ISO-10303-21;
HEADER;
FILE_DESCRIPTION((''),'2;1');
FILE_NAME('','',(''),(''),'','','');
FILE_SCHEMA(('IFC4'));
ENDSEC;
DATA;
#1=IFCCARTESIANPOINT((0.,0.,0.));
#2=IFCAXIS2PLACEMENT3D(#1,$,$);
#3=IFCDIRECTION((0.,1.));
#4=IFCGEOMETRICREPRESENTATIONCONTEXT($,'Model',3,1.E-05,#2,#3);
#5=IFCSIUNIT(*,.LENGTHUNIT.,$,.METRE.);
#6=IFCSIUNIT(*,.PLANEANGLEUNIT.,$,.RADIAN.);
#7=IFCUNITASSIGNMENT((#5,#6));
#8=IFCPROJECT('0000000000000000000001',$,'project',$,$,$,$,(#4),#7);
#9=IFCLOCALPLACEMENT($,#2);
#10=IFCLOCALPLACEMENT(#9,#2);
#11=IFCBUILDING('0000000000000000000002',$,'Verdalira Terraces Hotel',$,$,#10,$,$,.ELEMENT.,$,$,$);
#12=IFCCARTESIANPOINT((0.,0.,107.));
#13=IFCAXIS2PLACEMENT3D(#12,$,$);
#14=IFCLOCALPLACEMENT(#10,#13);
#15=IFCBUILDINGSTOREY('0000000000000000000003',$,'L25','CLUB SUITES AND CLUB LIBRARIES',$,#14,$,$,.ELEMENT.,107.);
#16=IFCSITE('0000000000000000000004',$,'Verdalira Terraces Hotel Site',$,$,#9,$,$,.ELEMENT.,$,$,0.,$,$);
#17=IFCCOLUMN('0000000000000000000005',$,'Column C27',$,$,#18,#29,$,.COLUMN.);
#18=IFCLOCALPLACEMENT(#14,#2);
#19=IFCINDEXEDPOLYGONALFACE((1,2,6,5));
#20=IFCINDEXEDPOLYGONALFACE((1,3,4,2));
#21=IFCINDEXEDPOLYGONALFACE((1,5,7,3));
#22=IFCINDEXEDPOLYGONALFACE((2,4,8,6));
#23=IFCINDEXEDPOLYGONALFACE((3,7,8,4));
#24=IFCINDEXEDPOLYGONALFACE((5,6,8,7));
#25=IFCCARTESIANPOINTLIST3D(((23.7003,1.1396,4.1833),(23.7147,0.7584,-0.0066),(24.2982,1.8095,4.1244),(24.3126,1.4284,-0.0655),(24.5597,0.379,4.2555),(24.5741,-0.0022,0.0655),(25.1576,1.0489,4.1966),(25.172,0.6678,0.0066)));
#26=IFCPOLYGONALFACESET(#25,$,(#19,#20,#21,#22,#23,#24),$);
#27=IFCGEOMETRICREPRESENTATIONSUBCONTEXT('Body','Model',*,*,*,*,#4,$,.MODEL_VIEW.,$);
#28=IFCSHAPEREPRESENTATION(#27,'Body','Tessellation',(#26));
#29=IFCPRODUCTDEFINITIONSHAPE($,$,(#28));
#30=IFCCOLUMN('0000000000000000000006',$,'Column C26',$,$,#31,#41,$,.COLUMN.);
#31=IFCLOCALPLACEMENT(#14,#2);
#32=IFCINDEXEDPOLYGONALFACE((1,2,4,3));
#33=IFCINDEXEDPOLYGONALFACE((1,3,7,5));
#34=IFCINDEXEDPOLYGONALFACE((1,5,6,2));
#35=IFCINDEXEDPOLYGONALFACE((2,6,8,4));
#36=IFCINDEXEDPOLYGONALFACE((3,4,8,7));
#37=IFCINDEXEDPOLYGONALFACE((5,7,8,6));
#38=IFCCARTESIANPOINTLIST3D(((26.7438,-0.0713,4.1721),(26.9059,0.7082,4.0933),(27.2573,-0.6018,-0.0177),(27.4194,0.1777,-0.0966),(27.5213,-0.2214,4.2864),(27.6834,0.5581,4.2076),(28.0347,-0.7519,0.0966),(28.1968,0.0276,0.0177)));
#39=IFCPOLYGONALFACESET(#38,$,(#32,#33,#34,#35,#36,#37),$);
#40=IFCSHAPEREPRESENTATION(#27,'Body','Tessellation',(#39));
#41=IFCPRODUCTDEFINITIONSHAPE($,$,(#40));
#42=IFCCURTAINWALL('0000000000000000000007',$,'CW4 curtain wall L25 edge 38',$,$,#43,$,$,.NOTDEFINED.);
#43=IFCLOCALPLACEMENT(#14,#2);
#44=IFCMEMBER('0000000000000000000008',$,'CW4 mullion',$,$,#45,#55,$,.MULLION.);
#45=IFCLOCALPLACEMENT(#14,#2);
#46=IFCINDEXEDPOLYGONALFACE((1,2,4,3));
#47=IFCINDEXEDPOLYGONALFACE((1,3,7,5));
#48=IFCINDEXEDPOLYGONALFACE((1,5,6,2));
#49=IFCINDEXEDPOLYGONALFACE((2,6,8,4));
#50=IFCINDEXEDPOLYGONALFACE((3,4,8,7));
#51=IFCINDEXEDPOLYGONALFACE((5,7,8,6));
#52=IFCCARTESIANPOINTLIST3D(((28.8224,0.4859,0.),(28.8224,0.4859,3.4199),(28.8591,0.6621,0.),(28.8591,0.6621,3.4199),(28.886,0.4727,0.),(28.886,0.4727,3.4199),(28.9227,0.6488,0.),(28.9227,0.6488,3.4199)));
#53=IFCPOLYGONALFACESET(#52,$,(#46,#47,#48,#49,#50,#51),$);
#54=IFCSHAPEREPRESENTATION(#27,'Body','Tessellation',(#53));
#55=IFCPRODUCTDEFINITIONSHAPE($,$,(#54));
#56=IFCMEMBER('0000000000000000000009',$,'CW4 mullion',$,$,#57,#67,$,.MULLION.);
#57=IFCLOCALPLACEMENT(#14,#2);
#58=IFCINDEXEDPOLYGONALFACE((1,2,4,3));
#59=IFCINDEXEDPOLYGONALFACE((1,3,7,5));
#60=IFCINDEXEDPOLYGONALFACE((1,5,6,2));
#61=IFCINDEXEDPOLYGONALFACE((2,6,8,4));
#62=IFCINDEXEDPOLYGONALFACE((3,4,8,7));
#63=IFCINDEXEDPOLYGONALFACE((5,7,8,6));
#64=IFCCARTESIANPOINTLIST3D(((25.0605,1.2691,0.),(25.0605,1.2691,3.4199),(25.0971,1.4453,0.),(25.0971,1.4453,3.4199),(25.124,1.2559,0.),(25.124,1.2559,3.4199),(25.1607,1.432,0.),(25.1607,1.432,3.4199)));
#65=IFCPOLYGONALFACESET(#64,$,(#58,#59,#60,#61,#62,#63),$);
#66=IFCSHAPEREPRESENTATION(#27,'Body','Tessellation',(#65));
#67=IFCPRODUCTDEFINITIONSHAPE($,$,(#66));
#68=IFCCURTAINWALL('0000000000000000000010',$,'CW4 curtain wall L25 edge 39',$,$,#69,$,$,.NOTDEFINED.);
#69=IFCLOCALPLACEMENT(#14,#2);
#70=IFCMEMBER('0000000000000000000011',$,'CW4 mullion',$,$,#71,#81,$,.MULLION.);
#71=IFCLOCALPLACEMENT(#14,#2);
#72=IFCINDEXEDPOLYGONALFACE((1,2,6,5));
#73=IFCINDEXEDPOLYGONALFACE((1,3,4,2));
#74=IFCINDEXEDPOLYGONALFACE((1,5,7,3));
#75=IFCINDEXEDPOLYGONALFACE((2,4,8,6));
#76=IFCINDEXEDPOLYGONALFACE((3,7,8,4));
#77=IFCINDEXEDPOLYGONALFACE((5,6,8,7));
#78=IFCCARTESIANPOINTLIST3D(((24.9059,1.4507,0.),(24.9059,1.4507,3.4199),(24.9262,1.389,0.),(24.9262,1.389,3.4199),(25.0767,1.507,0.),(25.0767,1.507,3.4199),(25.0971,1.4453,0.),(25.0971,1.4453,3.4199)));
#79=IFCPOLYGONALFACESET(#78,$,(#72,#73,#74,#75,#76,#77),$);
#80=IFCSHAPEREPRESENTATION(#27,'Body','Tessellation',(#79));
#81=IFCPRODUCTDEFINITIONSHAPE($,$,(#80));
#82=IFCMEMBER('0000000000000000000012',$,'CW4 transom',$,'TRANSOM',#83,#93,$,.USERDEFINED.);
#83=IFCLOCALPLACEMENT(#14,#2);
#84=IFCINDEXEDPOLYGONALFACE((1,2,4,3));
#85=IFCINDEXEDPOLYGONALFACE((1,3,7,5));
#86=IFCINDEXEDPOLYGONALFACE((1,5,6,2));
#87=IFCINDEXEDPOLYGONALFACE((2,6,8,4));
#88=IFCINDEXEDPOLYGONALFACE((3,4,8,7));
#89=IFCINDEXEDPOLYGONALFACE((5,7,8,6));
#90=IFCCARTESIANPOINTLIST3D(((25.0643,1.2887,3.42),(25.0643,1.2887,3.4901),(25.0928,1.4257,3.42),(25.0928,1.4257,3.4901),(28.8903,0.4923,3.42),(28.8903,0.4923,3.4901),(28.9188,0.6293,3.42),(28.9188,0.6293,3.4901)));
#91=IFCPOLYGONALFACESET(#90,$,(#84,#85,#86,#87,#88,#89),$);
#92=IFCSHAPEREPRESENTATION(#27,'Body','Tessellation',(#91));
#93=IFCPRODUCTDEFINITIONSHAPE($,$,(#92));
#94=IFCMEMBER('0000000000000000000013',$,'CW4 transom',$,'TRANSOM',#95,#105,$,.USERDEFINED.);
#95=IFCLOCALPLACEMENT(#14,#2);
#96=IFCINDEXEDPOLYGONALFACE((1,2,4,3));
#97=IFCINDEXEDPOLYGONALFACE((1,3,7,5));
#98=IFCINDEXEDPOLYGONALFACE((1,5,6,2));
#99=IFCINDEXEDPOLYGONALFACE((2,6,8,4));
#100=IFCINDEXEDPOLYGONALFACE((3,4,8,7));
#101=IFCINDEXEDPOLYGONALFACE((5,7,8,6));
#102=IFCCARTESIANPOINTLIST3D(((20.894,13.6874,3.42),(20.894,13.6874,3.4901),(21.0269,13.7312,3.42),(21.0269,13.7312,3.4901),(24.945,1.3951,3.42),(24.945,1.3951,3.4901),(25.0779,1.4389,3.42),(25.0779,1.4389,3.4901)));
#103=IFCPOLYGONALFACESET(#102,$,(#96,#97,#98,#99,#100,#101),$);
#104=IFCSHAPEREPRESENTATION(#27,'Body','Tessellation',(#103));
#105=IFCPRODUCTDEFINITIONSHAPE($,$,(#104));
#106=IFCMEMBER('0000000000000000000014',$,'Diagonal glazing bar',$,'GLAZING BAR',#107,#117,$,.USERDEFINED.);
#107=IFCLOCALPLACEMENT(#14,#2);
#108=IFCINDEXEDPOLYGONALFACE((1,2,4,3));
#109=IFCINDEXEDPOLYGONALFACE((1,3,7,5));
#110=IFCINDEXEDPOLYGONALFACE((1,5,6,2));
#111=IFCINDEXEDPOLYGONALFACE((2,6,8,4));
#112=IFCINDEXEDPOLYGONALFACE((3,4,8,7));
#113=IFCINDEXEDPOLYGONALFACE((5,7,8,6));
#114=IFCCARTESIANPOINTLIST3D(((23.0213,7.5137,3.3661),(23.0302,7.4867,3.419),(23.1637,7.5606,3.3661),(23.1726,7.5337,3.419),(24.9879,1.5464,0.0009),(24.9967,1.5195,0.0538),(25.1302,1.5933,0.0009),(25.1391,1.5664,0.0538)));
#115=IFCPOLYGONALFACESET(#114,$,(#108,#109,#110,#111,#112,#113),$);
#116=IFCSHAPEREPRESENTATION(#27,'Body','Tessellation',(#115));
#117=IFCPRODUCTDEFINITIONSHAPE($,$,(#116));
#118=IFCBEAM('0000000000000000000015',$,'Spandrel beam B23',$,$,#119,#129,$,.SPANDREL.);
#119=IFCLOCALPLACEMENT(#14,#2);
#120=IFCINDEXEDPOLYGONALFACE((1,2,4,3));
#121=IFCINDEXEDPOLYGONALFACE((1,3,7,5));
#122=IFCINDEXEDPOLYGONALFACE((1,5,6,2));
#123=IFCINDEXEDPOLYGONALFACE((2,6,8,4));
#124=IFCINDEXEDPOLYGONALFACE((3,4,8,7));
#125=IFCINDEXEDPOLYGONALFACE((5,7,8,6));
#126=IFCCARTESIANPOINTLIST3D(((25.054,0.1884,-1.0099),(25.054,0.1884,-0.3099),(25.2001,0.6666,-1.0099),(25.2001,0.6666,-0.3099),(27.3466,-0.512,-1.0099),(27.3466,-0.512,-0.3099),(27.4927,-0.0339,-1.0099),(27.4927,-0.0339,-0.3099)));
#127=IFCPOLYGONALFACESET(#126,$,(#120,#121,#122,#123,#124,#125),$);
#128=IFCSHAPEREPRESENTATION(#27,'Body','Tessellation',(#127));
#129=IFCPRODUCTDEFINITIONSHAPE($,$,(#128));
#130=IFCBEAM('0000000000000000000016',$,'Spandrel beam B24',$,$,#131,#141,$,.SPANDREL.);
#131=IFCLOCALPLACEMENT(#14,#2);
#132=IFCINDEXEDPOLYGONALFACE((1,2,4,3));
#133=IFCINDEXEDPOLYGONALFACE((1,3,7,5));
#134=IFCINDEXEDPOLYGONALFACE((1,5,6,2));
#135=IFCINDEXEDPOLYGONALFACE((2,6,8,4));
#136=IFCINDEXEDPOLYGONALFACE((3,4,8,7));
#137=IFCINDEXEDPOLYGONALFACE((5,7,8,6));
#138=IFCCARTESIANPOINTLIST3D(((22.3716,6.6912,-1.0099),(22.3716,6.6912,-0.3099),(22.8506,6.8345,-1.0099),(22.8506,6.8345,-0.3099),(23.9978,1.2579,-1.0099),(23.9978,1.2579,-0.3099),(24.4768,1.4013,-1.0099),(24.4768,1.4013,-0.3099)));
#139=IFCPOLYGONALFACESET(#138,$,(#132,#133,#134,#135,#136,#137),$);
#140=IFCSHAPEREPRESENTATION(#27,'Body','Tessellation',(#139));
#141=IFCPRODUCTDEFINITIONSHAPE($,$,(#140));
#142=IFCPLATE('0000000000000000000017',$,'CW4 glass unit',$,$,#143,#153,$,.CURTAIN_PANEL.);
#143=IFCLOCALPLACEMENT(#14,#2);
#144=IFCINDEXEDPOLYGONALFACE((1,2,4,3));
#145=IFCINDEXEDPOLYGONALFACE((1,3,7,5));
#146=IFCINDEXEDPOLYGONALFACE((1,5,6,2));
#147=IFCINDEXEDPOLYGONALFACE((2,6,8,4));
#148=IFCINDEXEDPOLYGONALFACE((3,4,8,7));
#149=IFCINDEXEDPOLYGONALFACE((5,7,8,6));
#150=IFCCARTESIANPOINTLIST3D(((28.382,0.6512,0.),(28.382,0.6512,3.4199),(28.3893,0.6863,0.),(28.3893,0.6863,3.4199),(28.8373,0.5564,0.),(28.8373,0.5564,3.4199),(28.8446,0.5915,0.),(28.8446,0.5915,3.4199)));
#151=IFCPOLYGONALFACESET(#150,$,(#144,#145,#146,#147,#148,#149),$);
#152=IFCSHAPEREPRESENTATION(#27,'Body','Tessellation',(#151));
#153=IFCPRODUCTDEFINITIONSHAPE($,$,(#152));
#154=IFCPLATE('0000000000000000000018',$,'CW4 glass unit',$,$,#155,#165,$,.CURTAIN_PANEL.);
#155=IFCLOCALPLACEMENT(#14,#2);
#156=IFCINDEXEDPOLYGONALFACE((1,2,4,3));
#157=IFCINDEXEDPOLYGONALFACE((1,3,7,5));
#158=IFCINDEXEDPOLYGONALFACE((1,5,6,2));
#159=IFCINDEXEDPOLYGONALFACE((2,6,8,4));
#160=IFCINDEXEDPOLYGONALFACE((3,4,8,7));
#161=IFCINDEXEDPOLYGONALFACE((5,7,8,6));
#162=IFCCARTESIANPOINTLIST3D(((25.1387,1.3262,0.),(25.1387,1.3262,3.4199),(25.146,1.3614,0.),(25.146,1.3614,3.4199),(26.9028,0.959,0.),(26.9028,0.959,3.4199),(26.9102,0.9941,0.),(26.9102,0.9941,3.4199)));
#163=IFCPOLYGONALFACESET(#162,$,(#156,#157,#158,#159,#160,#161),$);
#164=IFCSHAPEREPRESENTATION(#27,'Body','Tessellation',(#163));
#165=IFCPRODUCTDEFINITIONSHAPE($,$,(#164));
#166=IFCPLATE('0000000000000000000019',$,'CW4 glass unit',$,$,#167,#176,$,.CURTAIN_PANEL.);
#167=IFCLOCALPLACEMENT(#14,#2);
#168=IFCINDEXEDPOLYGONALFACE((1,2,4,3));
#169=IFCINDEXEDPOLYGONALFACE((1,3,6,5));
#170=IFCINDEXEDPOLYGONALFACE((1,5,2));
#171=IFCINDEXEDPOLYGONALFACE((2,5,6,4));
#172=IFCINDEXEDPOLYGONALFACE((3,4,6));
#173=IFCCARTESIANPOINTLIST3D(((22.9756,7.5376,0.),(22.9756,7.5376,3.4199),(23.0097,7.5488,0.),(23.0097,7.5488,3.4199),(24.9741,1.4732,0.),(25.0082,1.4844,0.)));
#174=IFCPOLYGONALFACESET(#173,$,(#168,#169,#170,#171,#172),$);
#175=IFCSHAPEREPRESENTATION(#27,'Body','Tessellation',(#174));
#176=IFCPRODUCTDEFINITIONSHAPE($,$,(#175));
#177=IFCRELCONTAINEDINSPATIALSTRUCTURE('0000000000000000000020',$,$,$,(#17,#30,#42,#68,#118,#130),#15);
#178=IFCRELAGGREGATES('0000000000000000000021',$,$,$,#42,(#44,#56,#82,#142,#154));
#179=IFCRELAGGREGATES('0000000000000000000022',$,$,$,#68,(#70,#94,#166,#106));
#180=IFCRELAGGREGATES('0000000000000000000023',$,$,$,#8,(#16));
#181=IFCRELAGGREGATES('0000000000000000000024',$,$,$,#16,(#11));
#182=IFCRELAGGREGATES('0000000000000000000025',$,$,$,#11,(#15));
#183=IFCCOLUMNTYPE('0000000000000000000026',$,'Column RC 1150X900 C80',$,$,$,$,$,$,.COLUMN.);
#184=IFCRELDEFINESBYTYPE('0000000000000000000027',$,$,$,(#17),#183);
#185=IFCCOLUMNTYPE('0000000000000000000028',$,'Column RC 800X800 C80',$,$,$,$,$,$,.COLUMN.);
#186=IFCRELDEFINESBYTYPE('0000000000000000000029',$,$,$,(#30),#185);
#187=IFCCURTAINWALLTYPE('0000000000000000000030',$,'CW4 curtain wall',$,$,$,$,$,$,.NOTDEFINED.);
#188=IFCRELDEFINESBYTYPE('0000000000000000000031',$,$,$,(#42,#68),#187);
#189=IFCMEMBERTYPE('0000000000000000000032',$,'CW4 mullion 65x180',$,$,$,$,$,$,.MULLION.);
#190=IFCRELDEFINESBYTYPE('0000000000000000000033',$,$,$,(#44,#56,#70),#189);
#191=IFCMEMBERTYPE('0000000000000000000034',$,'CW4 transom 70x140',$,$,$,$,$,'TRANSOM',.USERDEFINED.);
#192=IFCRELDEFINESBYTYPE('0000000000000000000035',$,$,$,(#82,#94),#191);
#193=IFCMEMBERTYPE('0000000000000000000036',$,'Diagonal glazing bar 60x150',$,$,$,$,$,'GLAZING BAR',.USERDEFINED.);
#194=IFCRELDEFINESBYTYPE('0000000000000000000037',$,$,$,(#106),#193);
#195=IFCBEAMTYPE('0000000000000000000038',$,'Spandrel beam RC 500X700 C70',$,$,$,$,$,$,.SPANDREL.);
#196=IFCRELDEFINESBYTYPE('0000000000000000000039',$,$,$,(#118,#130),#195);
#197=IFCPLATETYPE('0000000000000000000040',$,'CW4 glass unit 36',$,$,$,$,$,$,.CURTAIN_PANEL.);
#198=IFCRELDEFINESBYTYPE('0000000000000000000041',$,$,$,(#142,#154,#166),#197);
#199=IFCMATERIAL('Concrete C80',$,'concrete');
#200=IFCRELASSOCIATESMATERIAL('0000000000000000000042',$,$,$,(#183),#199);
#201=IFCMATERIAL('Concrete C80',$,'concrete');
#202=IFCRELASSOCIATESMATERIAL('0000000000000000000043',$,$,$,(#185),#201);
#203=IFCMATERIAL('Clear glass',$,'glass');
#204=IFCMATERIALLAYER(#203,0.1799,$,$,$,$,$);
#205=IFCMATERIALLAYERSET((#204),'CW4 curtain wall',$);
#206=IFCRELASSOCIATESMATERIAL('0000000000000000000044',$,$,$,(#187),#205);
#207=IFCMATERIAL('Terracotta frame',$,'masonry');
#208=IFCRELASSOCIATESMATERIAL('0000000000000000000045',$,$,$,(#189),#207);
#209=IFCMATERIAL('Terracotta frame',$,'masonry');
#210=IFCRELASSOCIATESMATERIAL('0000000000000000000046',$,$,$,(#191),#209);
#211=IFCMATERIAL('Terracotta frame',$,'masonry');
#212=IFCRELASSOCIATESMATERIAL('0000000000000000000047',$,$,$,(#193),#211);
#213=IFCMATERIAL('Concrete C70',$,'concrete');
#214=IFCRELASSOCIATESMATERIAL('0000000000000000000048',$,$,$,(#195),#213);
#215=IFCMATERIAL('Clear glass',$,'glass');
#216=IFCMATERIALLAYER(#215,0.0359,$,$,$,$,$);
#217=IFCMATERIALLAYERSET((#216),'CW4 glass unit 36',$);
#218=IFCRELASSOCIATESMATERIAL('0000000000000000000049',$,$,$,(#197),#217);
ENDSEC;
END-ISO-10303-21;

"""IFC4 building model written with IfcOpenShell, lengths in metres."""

from ifc_helpers import new_model, si_unit, direction, frame, origin, origin_2d, place, context, subcontext, project, spatial, polyline, rectangle, outline, extrude, material, layer, layer_set, material_profile, profile_set, type_object, element, aggregate, save


model = new_model("IFC4")

# Units and contexts
model_context = context("Model", 3, precision=1e-05, world=origin(), true_north=direction((0.0, 1.0)))
body_context = subcontext(model_context, "Body", "Model", "MODEL_VIEW")
ifc_project = project(units=[si_unit("LENGTHUNIT", "METRE"), si_unit("PLANEANGLEUNIT", "RADIAN")], contexts=[model_context])

# Site, building, storey
site_placement = place(None, origin())
site = spatial("IfcSite", under=ifc_project, at=site_placement, Name="Verdalira Terraces Hotel Site", CompositionType="ELEMENT", RefElevation=0.0)
building_placement = place(site_placement, origin())
building = spatial("IfcBuilding", under=site, at=building_placement, Name="Verdalira Terraces Hotel", CompositionType="ELEMENT")
storey_placement = place(building_placement, frame((0.0, 0.0, 107.0)))
storey = spatial("IfcBuildingStorey", under=building, at=storey_placement, Name="L25", Description="CLUB SUITES AND CLUB LIBRARIES", CompositionType="ELEMENT", Elevation=107.0)

# Columns
ifc_material_1 = material(Name="Concrete C80", Category="concrete")
ifc_material_profile_1 = material_profile(ifc_material_1, rectangle(XDim=1.1499, YDim=0.8999, at=origin_2d()), Name="RC 1150X900")
ifc_profile_set_1 = profile_set([ifc_material_profile_1], Name="Concrete C80")
column_type_1 = type_object("IfcColumnType", Name="Column RC 1150X900 C80", PredefinedType="COLUMN", material=ifc_profile_set_1)
column_1_placement = place(storey_placement, frame((24.4434, 0.7131, 0.0), z_axis=(-0.003424, 0.090582, 0.995883), x_axis=(0.747362, -0.661449, 0.062733)))
element("IfcColumn", 1, at=column_1_placement, inside=storey, type_object=column_type_1, Name="Column C27", PredefinedType="COLUMN", context=body_context, shape_type="SweptSolid", body=[
    extrude(rectangle(XDim=1.1499, YDim=0.8999, at=origin_2d()), origin(), (0.0, 0.0, 1.0), 4.2073),
])
ifc_material_2 = material(Name="Concrete C80", Category="concrete")
ifc_material_profile_2 = material_profile(ifc_material_2, rectangle(XDim=0.8, YDim=0.8, at=origin_2d()), Name="RC 800X800")
ifc_profile_set_2 = profile_set([ifc_material_profile_2], Name="Concrete C80")
column_type_2 = type_object("IfcColumnType", Name="Column RC 800X800 C80", PredefinedType="COLUMN", material=ifc_profile_set_2)
column_2_placement = place(storey_placement, frame((27.7271, -0.2871, 0.0), z_axis=(-0.120679, 0.124696, 0.984829), x_axis=(-0.971797, 0.187634, -0.14284)))
element("IfcColumn", 2, at=column_2_placement, inside=storey, type_object=column_type_2, Name="Column C26", PredefinedType="COLUMN", context=body_context, shape_type="SweptSolid", body=[
    extrude(rectangle(XDim=0.8, YDim=0.8, at=origin_2d()), origin(), (0.0, 0.0, 1.0), 4.2544),
])

# Curtain wall, members
ifc_material_3 = material(Name="Clear glass", Category="glass")
ifc_layer_1 = layer(ifc_material_3, 0.1799)
ifc_layer_set_1 = layer_set([ifc_layer_1], Name="CW4 curtain wall")
curtain_wall_type = type_object("IfcCurtainWallType", Name="CW4 curtain wall", PredefinedType="NOTDEFINED", material=ifc_layer_set_1)
curtain_wall_1_placement = place(storey_placement, origin())
curtain_wall_1 = element("IfcCurtainWall", 3, at=curtain_wall_1_placement, inside=storey, type_object=curtain_wall_type, Name="CW4 curtain wall L25 edge 38", PredefinedType="NOTDEFINED")
ifc_material_4 = material(Name="Terracotta frame", Category="masonry")
ifc_material_profile_3 = material_profile(ifc_material_4, rectangle(XDim=0.0649, YDim=0.1799, at=origin_2d()), Name="MU 65x180")
ifc_profile_set_3 = profile_set([ifc_material_profile_3], Name="Terracotta frame")
member_type_1 = type_object("IfcMemberType", Name="CW4 mullion 65x180", PredefinedType="MULLION", material=ifc_profile_set_3)
member_1_placement = place(storey_placement, frame((28.8726, 0.5674, 0.0), z_axis=(0.0, 0.0, 1.0), x_axis=(-0.97901, 0.203813, 0.0)))
member_1 = element("IfcMember", 4, at=member_1_placement, type_object=member_type_1, Name="CW4 mullion", PredefinedType="MULLION", context=body_context, shape_type="SweptSolid", body=[
    extrude(rectangle(XDim=0.0649, YDim=0.1799, at=origin_2d()), origin(), (0.0, 0.0, 1.0), 3.4199),
])
member_2_placement = place(storey_placement, frame((25.1106, 1.3506, 0.0), z_axis=(0.0, 0.0, 1.0), x_axis=(-0.97901, 0.203813, 0.0)))
member_2 = element("IfcMember", 5, at=member_2_placement, type_object=member_type_1, Name="CW4 mullion", PredefinedType="MULLION", context=body_context, shape_type="SweptSolid", body=[
    extrude(rectangle(XDim=0.0649, YDim=0.1799, at=origin_2d()), origin(), (0.0, 0.0, 1.0), 3.4199),
])

# Curtain wall, member
curtain_wall_2_placement = place(storey_placement, origin())
curtain_wall_2 = element("IfcCurtainWall", 6, at=curtain_wall_2_placement, inside=storey, type_object=curtain_wall_type, Name="CW4 curtain wall L25 edge 39", PredefinedType="NOTDEFINED")
member_3_placement = place(storey_placement, frame((25.0015, 1.448, 0.0), z_axis=(0.0, 0.0, 1.0), x_axis=(-0.312998, 0.949754, 0.0)))
member_3 = element("IfcMember", 7, at=member_3_placement, type_object=member_type_1, Name="CW4 mullion", PredefinedType="MULLION", context=body_context, shape_type="SweptSolid", body=[
    extrude(rectangle(XDim=0.0649, YDim=0.1799, at=origin_2d()), origin(), (0.0, 0.0, 1.0), 3.4199),
])

# Members
ifc_material_5 = material(Name="Terracotta frame", Category="masonry")
ifc_material_profile_4 = material_profile(ifc_material_5, rectangle(XDim=0.1399, YDim=0.0701, at=origin_2d()), Name="TR 70x140")
ifc_profile_set_4 = profile_set([ifc_material_profile_4], Name="Terracotta frame")
member_type_2 = type_object("IfcMemberType", Name="CW4 transom 70x140", ElementType="TRANSOM", PredefinedType="USERDEFINED", material=ifc_profile_set_4)
member_4_placement = place(storey_placement, frame((28.9045, 0.5608, 3.4551), z_axis=(-0.979015, 0.203787, 0.0), x_axis=(-0.203787, -0.979015, 0.0)))
member_4 = element("IfcMember", 8, at=member_4_placement, type_object=member_type_2, Name="CW4 transom", ObjectType="TRANSOM", PredefinedType="USERDEFINED", context=body_context, shape_type="SweptSolid", body=[
    extrude(rectangle(XDim=0.1399, YDim=0.0701, at=origin_2d()), origin(), (0.0, 0.0, 1.0), 3.908),
])
member_5_placement = place(storey_placement, frame((25.0115, 1.417, 3.4551), z_axis=(-0.313, 0.949753, 0.0), x_axis=(-0.949753, -0.313, 0.0)))
member_5 = element("IfcMember", 9, at=member_5_placement, type_object=member_type_2, Name="CW4 transom", ObjectType="TRANSOM", PredefinedType="USERDEFINED", context=body_context, shape_type="SweptSolid", body=[
    extrude(rectangle(XDim=0.1399, YDim=0.0701, at=origin_2d()), origin(), (0.0, 0.0, 1.0), 12.9426),
])
ifc_material_6 = material(Name="Terracotta frame", Category="masonry")
ifc_material_profile_5 = material_profile(ifc_material_6, rectangle(XDim=0.1499, YDim=0.0601, at=origin_2d()), Name="GB 60x150")
ifc_profile_set_5 = profile_set([ifc_material_profile_5], Name="Terracotta frame")
member_type_3 = type_object("IfcMemberType", Name="Diagonal glazing bar 60x150", ElementType="GLAZING BAR", PredefinedType="USERDEFINED", material=ifc_profile_set_5)
member_6_placement = place(storey_placement, frame((25.0635, 1.5564, 0.0273), z_axis=(-0.275912, 0.837225, 0.472151), x_axis=(-0.949754, -0.312997, 0.0)))
member_6 = element("IfcMember", 10, at=member_6_placement, type_object=member_type_3, Name="Diagonal glazing bar", ObjectType="GLAZING BAR", PredefinedType="USERDEFINED", context=body_context, shape_type="SweptSolid", body=[
    extrude(rectangle(XDim=0.1499, YDim=0.0601, at=origin_2d()), origin(), (0.0, 0.0, 1.0), 7.1274),
])

# Beams
ifc_material_7 = material(Name="Concrete C70", Category="concrete")
ifc_material_profile_6 = material_profile(ifc_material_7, rectangle(XDim=0.5, YDim=0.7, at=origin_2d()), Name="RC 500X700")
ifc_profile_set_6 = profile_set([ifc_material_profile_6], Name="Concrete C70")
beam_type = type_object("IfcBeamType", Name="Spandrel beam RC 500X700 C70", PredefinedType="SPANDREL", material=ifc_profile_set_6)
beam_1_placement = place(storey_placement, frame((27.4197, -0.2729, -0.6599), z_axis=(-0.956356, 0.292203, 0.0), x_axis=(-0.292203, -0.956356, 0.0)))
element("IfcBeam", 11, at=beam_1_placement, inside=storey, type_object=beam_type, Name="Spandrel beam B23", PredefinedType="SPANDREL", context=body_context, shape_type="SweptSolid", body=[
    extrude(rectangle(XDim=0.5, YDim=0.7, at=origin_2d()), origin(), (0.0, 0.0, 1.0), 2.3972),
])
beam_2_placement = place(storey_placement, frame((24.2373, 1.3296, -0.6599), z_axis=(-0.286736, 0.95801, 0.0), x_axis=(-0.95801, -0.286736, 0.0)))
element("IfcBeam", 12, at=beam_2_placement, inside=storey, type_object=beam_type, Name="Spandrel beam B24", PredefinedType="SPANDREL", context=body_context, shape_type="SweptSolid", body=[
    extrude(rectangle(XDim=0.5, YDim=0.7, at=origin_2d()), origin(), (0.0, 0.0, 1.0), 5.6714),
])

# Plates
ifc_material_8 = material(Name="Clear glass", Category="glass")
ifc_layer_2 = layer(ifc_material_8, 0.0359)
ifc_layer_set_2 = layer_set([ifc_layer_2], Name="CW4 glass unit 36")
plate_type = type_object("IfcPlateType", Name="CW4 glass unit 36", PredefinedType="CURTAIN_PANEL", material=ifc_layer_set_2)
plate_1_placement = place(storey_placement, frame((28.6133, 0.6213, 0.0), z_axis=(0.0, 0.0, 1.0), x_axis=(-0.97901, 0.203813, 0.0)))
plate_1 = element("IfcPlate", 13, at=plate_1_placement, type_object=plate_type, Name="CW4 glass unit", PredefinedType="CURTAIN_PANEL", context=body_context, shape_type="SweptSolid", body=[
    extrude(rectangle(XDim=0.4651, YDim=0.0359, at=origin_2d()), origin(), (0.0, 0.0, 1.0), 3.4199),
])
plate_2_placement = place(storey_placement, frame((26.0244, 1.1602, 0.0), z_axis=(0.0, 0.0, 1.0), x_axis=(-0.97901, 0.203813, 0.0)))
plate_2 = element("IfcPlate", 14, at=plate_2_placement, type_object=plate_type, Name="CW4 glass unit", PredefinedType="CURTAIN_PANEL", context=body_context, shape_type="SweptSolid", body=[
    extrude(rectangle(XDim=1.802, YDim=0.0359, at=origin_2d()), origin(), (0.0, 0.0, 1.0), 3.4199),
])
aggregate(curtain_wall_1, [member_1, member_2, member_4, plate_1, plate_2])
plate_3_placement = place(storey_placement, frame((23.9749, 4.5054, 1.71), z_axis=(0.949754, 0.312998, 0.0), x_axis=(-0.312998, 0.949754, 0.0)))
plate_3 = element("IfcPlate", 15, at=plate_3_placement, type_object=plate_type, Name="CW4 glass unit", PredefinedType="CURTAIN_PANEL", context=body_context, shape_type="SweptSolid", body=[
    extrude(outline(polyline([(-3.1926, -1.71), (3.1926, -1.71), (3.1926, 1.71), (-3.1926, -1.71)])), origin(), (0.0, 0.0, 1.0), 0.0359),
])
aggregate(curtain_wall_2, [member_3, member_5, plate_3, member_6])

save(model, "model.ifc")
